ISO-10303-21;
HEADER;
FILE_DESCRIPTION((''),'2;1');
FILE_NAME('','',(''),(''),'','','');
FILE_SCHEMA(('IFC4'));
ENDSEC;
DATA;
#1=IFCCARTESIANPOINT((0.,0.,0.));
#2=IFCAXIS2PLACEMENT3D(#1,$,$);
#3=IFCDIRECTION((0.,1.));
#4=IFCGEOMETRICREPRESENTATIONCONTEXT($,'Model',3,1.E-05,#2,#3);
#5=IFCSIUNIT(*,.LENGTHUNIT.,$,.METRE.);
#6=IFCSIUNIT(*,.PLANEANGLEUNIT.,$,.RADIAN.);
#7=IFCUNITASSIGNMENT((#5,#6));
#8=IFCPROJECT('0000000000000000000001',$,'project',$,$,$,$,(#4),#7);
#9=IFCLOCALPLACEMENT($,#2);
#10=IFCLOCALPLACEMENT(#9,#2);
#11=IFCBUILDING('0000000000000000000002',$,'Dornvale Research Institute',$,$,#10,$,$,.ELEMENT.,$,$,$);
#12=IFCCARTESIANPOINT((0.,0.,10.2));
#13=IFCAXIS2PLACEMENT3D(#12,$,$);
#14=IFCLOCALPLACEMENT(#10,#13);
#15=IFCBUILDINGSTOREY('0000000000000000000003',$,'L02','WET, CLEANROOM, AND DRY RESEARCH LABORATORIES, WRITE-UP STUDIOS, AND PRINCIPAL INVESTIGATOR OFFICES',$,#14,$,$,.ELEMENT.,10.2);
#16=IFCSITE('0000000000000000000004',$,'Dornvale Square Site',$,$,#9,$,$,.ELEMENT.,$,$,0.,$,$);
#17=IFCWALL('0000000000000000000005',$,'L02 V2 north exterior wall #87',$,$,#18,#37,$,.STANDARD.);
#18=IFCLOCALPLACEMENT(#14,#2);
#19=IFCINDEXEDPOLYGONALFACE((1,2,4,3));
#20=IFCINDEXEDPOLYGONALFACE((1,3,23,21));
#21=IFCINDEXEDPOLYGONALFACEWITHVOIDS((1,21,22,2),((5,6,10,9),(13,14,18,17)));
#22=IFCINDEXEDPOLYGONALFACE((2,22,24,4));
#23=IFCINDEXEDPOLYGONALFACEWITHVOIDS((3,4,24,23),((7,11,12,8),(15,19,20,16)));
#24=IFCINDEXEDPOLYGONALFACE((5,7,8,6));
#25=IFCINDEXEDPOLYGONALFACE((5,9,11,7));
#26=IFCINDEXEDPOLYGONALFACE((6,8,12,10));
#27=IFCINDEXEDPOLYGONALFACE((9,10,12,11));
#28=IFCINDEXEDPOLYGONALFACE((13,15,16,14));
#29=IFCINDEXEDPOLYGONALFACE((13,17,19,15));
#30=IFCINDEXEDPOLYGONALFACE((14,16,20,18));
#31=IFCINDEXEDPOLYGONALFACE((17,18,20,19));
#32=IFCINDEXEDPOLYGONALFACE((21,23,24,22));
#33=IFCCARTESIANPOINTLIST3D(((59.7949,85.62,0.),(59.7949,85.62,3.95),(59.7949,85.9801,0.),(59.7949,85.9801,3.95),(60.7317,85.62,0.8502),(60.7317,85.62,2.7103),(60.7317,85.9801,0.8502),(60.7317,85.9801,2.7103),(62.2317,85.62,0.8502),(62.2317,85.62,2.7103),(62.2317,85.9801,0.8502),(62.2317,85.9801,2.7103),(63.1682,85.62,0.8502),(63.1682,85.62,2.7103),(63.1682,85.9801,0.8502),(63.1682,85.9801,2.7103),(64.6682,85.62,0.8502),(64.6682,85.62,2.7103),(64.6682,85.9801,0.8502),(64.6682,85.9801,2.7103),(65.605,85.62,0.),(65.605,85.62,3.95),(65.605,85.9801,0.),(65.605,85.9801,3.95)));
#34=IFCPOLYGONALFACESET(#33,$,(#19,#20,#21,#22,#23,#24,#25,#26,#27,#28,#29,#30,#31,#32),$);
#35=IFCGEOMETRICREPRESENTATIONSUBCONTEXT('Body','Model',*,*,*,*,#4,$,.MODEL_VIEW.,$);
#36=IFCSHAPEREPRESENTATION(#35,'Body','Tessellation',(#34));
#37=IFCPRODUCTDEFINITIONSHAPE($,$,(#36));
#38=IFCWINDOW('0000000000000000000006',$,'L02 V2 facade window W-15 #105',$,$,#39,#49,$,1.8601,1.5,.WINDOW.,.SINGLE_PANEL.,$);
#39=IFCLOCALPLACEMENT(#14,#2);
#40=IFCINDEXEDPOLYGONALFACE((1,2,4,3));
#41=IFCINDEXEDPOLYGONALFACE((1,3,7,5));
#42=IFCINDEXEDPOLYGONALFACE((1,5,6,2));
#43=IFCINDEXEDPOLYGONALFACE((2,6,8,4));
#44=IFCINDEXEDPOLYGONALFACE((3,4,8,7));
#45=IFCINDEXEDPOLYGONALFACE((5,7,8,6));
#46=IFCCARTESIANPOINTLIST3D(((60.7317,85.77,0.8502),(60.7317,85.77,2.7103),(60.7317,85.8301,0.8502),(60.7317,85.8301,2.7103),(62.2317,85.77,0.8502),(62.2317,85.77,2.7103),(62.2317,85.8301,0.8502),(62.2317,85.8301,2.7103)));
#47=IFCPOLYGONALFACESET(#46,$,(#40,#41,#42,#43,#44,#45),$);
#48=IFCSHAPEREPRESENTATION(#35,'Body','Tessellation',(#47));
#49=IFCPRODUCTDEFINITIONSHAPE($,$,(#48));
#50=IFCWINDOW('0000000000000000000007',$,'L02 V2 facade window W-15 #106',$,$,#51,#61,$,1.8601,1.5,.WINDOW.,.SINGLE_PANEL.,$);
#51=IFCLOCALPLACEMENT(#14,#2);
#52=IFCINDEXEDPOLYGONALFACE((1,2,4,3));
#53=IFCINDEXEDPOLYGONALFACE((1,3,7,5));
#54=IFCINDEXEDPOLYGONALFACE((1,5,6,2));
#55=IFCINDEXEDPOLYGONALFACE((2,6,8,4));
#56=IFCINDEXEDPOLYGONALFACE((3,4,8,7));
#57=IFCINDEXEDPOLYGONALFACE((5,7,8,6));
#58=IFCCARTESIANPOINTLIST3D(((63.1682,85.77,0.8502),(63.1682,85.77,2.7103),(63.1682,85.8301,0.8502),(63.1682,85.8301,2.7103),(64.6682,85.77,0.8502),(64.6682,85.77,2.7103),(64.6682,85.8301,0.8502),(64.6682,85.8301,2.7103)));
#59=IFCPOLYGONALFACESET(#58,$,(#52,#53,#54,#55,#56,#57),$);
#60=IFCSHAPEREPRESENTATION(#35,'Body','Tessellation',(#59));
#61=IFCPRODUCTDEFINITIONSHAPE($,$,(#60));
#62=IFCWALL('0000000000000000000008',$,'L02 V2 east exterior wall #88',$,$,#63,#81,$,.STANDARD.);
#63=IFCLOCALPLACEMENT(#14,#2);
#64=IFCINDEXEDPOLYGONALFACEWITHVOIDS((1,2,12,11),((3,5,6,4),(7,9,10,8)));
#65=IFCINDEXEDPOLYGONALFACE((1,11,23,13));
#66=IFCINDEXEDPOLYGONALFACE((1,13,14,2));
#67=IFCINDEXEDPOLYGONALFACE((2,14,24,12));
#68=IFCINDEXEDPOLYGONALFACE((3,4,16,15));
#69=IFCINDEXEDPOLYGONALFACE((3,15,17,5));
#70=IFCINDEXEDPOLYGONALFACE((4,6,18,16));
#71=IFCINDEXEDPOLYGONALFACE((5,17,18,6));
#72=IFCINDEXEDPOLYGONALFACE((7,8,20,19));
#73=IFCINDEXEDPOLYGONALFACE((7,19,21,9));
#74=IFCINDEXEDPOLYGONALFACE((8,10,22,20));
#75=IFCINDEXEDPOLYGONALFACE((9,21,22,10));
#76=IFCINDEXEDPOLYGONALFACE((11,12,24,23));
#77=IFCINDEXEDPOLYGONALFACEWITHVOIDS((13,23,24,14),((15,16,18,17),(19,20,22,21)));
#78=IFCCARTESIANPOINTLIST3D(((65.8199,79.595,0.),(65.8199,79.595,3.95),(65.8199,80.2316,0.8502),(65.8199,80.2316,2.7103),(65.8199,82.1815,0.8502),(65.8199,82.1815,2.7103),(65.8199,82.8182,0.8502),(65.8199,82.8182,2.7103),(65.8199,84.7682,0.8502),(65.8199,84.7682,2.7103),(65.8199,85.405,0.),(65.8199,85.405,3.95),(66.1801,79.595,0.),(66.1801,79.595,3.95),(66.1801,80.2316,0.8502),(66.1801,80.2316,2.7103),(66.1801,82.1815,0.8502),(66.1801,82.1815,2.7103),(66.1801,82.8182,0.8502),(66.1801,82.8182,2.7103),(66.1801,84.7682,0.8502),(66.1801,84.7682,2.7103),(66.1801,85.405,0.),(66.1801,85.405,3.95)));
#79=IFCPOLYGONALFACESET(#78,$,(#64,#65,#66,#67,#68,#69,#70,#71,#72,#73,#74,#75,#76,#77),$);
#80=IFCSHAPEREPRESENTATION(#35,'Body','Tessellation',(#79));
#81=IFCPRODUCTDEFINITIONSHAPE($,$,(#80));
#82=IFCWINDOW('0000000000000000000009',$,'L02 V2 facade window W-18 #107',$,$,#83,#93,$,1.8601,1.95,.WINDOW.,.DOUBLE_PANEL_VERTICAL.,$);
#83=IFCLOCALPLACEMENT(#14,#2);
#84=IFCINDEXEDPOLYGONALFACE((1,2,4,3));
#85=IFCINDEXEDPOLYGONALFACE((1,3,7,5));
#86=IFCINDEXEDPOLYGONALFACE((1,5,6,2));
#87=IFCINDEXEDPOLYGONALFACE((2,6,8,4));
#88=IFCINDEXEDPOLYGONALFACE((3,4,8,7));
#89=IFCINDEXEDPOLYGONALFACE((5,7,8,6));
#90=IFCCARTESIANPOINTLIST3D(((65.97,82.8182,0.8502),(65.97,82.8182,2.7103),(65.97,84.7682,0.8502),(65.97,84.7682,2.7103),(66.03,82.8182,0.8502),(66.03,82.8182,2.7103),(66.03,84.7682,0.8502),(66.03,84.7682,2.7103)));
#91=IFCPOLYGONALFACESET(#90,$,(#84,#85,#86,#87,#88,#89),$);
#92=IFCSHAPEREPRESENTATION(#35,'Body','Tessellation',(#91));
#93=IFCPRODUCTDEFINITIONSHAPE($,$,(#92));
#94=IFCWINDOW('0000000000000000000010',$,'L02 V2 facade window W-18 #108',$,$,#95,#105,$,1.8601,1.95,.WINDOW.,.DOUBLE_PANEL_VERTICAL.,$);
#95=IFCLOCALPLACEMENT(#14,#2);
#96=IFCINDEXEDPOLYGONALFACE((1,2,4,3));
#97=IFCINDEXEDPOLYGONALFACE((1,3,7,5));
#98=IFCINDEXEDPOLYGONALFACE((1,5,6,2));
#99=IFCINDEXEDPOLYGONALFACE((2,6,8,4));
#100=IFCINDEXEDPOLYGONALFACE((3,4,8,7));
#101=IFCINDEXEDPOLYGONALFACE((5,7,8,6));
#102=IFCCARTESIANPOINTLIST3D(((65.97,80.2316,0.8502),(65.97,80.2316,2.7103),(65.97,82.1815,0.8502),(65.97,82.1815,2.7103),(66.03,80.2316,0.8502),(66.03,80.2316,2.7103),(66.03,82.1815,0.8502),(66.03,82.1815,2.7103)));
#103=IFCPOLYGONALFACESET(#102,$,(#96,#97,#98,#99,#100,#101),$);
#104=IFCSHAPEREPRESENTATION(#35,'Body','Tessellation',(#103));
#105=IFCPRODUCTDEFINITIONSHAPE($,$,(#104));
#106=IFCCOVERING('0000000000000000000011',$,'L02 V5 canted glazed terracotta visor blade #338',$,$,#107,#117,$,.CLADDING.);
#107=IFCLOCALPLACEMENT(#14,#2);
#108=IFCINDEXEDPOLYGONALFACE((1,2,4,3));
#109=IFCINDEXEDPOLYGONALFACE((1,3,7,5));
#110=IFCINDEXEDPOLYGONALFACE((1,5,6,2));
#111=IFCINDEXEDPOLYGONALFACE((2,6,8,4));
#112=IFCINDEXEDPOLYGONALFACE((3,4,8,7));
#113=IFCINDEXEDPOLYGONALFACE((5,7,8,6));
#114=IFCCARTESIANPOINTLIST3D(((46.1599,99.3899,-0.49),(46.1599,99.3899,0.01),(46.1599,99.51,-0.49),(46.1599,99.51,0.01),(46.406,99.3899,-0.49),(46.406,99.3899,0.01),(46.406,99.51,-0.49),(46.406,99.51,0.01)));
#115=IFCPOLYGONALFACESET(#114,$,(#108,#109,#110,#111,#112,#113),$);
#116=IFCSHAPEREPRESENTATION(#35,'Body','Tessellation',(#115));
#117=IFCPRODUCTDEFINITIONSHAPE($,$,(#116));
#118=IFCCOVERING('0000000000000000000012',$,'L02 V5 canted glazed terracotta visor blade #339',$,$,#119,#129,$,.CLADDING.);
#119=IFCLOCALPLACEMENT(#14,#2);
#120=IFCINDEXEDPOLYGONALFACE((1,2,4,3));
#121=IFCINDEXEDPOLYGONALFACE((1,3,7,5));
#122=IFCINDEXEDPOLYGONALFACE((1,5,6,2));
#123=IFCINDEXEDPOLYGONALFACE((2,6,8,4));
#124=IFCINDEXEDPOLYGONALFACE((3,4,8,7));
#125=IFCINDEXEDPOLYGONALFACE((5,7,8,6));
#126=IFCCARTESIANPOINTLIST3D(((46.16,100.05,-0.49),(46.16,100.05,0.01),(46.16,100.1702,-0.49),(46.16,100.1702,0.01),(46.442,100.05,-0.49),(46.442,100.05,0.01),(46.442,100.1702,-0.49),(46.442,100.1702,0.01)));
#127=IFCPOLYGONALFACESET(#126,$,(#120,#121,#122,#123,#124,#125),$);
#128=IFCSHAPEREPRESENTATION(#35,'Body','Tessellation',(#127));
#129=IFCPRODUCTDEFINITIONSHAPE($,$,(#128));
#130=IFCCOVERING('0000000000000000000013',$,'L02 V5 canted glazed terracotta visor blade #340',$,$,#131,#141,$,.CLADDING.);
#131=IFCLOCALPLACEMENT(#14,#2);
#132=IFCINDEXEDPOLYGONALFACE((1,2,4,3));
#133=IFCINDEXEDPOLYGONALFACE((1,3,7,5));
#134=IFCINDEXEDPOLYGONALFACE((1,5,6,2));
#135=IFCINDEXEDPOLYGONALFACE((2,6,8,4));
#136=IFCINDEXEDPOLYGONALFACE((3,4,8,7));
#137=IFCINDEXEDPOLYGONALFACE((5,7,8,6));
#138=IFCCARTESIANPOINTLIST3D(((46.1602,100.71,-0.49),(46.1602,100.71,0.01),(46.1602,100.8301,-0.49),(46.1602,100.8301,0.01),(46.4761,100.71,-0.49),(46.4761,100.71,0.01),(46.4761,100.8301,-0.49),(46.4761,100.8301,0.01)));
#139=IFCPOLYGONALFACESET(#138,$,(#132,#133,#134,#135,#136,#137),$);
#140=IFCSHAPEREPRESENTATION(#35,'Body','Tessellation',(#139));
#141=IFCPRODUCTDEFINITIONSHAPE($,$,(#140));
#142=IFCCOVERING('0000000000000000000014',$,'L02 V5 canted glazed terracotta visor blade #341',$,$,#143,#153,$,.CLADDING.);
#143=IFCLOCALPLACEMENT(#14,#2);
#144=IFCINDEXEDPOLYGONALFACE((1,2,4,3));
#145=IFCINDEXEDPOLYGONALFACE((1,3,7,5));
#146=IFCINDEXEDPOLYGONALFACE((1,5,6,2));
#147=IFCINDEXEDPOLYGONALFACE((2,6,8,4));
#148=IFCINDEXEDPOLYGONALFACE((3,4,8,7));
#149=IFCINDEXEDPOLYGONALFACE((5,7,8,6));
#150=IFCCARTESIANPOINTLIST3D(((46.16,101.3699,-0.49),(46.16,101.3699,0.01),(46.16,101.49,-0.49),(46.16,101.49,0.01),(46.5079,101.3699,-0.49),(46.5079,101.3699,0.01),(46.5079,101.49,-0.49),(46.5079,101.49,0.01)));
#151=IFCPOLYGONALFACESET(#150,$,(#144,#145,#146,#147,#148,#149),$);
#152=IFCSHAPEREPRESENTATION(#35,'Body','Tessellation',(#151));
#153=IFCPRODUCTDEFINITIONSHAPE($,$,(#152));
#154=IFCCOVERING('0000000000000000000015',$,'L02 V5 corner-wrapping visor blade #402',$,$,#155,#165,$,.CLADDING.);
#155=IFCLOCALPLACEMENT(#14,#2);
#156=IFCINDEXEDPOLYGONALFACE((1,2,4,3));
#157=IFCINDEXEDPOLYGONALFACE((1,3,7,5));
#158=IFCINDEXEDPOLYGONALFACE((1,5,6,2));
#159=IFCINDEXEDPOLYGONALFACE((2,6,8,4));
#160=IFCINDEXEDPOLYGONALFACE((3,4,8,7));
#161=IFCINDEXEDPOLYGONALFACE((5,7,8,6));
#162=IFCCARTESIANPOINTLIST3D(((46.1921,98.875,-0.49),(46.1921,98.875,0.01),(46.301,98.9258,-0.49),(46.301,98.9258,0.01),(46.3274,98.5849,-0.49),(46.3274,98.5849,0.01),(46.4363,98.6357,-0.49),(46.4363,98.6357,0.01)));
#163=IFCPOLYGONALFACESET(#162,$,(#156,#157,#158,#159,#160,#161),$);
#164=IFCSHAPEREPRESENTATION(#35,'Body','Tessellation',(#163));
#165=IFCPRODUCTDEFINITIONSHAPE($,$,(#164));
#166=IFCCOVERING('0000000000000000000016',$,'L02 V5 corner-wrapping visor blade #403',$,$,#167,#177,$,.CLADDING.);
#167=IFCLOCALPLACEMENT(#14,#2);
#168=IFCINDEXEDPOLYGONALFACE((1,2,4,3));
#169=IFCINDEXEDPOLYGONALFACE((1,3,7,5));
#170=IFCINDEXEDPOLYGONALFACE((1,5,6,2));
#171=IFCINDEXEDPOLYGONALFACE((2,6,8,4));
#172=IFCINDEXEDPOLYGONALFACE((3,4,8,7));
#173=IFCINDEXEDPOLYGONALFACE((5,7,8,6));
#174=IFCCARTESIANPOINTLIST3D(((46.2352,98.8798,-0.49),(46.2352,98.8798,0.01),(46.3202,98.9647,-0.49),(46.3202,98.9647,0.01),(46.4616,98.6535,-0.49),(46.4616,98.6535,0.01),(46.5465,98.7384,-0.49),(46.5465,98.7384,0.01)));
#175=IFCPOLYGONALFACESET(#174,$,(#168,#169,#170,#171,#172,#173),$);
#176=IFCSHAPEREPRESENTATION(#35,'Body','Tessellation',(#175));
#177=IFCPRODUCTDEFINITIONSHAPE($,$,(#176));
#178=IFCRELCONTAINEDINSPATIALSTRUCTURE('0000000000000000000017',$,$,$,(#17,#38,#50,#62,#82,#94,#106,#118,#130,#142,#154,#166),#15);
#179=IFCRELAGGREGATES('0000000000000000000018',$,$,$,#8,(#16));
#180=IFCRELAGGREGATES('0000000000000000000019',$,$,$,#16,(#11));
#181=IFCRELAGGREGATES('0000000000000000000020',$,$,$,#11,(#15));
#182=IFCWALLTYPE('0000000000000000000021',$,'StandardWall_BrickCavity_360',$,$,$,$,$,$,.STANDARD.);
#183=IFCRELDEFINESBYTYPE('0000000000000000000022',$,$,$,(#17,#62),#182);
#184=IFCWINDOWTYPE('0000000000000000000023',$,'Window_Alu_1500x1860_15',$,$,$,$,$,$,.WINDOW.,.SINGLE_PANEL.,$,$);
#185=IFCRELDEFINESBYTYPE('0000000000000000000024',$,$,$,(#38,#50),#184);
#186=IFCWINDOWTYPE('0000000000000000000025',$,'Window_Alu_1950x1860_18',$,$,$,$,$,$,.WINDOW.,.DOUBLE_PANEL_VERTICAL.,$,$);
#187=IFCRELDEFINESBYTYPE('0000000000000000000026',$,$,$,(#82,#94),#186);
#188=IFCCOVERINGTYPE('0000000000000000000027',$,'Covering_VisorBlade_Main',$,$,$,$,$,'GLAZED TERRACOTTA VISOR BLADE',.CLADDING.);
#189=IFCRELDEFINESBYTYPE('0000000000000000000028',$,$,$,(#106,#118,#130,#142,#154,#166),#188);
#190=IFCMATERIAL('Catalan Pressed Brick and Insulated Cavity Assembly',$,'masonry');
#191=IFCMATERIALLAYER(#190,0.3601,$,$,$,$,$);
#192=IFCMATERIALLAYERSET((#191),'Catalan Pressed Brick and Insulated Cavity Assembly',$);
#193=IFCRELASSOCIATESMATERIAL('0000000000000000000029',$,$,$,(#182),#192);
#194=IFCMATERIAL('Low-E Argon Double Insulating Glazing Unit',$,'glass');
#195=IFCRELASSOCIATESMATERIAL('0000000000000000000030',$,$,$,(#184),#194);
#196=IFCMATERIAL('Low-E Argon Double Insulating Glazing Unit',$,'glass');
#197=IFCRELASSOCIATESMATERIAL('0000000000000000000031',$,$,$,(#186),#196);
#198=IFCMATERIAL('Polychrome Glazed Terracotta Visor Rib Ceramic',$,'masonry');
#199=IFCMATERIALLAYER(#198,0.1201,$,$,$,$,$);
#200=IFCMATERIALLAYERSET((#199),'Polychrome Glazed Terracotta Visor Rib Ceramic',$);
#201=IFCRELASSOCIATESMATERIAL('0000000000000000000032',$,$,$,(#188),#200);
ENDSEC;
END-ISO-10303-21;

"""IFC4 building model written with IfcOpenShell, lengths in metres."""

from ifc_helpers import new_model, si_unit, direction, frame, frame_2d, origin, origin_2d, place, context, subcontext, project, spatial, rectangle, extrude, material, layer, layer_set, type_object, element, fill, save


model = new_model("IFC4")

# Units and contexts
model_context = context("Model", 3, precision=1e-05, world=origin(), true_north=direction((0.0, 1.0)))
body_context = subcontext(model_context, "Body", "Model", "MODEL_VIEW")
ifc_project = project(units=[si_unit("LENGTHUNIT", "METRE"), si_unit("PLANEANGLEUNIT", "RADIAN")], contexts=[model_context])

# Site, building, storey
site_placement = place(None, origin())
site = spatial("IfcSite", under=ifc_project, at=site_placement, Name="Dornvale Square Site", CompositionType="ELEMENT", RefElevation=0.0)
building_placement = place(site_placement, origin())
building = spatial("IfcBuilding", under=site, at=building_placement, Name="Dornvale Research Institute", CompositionType="ELEMENT")
storey_placement = place(building_placement, frame((0.0, 0.0, 10.2)))
storey = spatial("IfcBuildingStorey", under=building, at=storey_placement, Name="L02", Description="WET, CLEANROOM, AND DRY RESEARCH LABORATORIES, WRITE-UP STUDIOS, AND PRINCIPAL INVESTIGATOR OFFICES", CompositionType="ELEMENT", Elevation=10.2)

# Walls, openings, windows
ifc_material_1 = material(Name="Catalan Pressed Brick and Insulated Cavity Assembly", Category="masonry")
ifc_layer_1 = layer(ifc_material_1, 0.3601)
ifc_layer_set_1 = layer_set([ifc_layer_1], Name="Catalan Pressed Brick and Insulated Cavity Assembly")
wall_type_1 = type_object("IfcWallType", Name="StandardWall_BrickCavity_360", PredefinedType="STANDARD", material=ifc_layer_set_1)
ifc_material_2 = material(Name="Low-E Argon Double Insulating Glazing Unit", Category="glass")
window_type_1 = type_object("IfcWindowType", Name="Window_Alu_1500x1860_15", PartitioningType="SINGLE_PANEL", PredefinedType="WINDOW", material=ifc_material_2)
wall_1_placement = place(storey_placement, frame((59.7949, 85.8, 0.0), z_axis=(0.0, 0.0, 1.0), x_axis=(1.0, 0.0, 0.0)))
wall_1 = element("IfcWall", 1, at=wall_1_placement, inside=storey, type_object=wall_type_1, Name="L02 V2 north exterior wall #87", PredefinedType="STANDARD", context=body_context, shape_type="SweptSolid", body=[
    extrude(rectangle(XDim=5.8101, YDim=0.3601, at=frame_2d((2.905, 0.0))), origin(), (0.0, 0.0, 1.0), 3.95),
])
opening_1_placement = place(wall_1_placement, frame((0.9368, 0.0, 0.8501)))
opening_1 = element("IfcOpeningElement", 2, at=opening_1_placement, cuts=wall_1, PredefinedType="OPENING", context=body_context, shape_type="SweptSolid", body=[
    extrude(rectangle(XDim=1.5, YDim=1.8601, at=frame_2d((0.75, 0.9302))), frame((0.0, 0.1951, 0.0), z_axis=(0.0, -1.0, 0.0), x_axis=(1.0, 0.0, 0.0)), (0.0, 0.0, 1.0), 0.3901),
])
opening_2_placement = place(wall_1_placement, frame((3.3733, 0.0, 0.8501)))
opening_2 = element("IfcOpeningElement", 3, at=opening_2_placement, cuts=wall_1, PredefinedType="OPENING", context=body_context, shape_type="SweptSolid", body=[
    extrude(rectangle(XDim=1.5, YDim=1.8601, at=frame_2d((0.75, 0.9302))), frame((0.0, 0.1951, 0.0), z_axis=(0.0, -1.0, 0.0), x_axis=(1.0, 0.0, 0.0)), (0.0, 0.0, 1.0), 0.3901),
])
window_1_placement = place(opening_1_placement, origin())
window_1 = element("IfcWindow", 4, at=window_1_placement, inside=storey, type_object=window_type_1, Name="L02 V2 facade window W-15 #105", OverallHeight=1.8601, OverallWidth=1.5, PartitioningType="SINGLE_PANEL", PredefinedType="WINDOW", context=body_context, shape_type="SweptSolid", body=[
    extrude(rectangle(XDim=1.5, YDim=1.8601, at=frame_2d((0.75, 0.9302))), frame((0.0, 0.03, 0.0), z_axis=(0.0, -1.0, 0.0), x_axis=(1.0, 0.0, 0.0)), (0.0, 0.0, 1.0), 0.0601),
])
fill(opening_1, window_1)
window_2_placement = place(opening_2_placement, origin())
window_2 = element("IfcWindow", 5, at=window_2_placement, inside=storey, type_object=window_type_1, Name="L02 V2 facade window W-15 #106", OverallHeight=1.8601, OverallWidth=1.5, PartitioningType="SINGLE_PANEL", PredefinedType="WINDOW", context=body_context, shape_type="SweptSolid", body=[
    extrude(rectangle(XDim=1.5, YDim=1.8601, at=frame_2d((0.75, 0.9302))), frame((0.0, 0.03, 0.0), z_axis=(0.0, -1.0, 0.0), x_axis=(1.0, 0.0, 0.0)), (0.0, 0.0, 1.0), 0.0601),
])
fill(opening_2, window_2)
wall_2_placement = place(storey_placement, frame((66.0, 85.405, 0.0), z_axis=(0.0, 0.0, 1.0), x_axis=(0.0, -1.0, 0.0)))
wall_2 = element("IfcWall", 6, at=wall_2_placement, inside=storey, type_object=wall_type_1, Name="L02 V2 east exterior wall #88", PredefinedType="STANDARD", context=body_context, shape_type="SweptSolid", body=[
    extrude(rectangle(XDim=5.8101, YDim=0.3601, at=frame_2d((2.905, 0.0))), origin(), (0.0, 0.0, 1.0), 3.95),
])
opening_3_placement = place(wall_2_placement, frame((0.6367, 0.0, 0.8501)))
opening_3 = element("IfcOpeningElement", 7, at=opening_3_placement, cuts=wall_2, PredefinedType="OPENING", context=body_context, shape_type="SweptSolid", body=[
    extrude(rectangle(XDim=1.95, YDim=1.8601, at=frame_2d((0.9751, 0.9302))), frame((0.0, 0.1951, 0.0), z_axis=(0.0, -1.0, 0.0), x_axis=(1.0, 0.0, 0.0)), (0.0, 0.0, 1.0), 0.3901),
])
opening_4_placement = place(wall_2_placement, frame((3.2234, 0.0, 0.8501)))
opening_4 = element("IfcOpeningElement", 8, at=opening_4_placement, cuts=wall_2, PredefinedType="OPENING", context=body_context, shape_type="SweptSolid", body=[
    extrude(rectangle(XDim=1.95, YDim=1.8601, at=frame_2d((0.9751, 0.9302))), frame((0.0, 0.1951, 0.0), z_axis=(0.0, -1.0, 0.0), x_axis=(1.0, 0.0, 0.0)), (0.0, 0.0, 1.0), 0.3901),
])
ifc_material_3 = material(Name="Low-E Argon Double Insulating Glazing Unit", Category="glass")
window_type_2 = type_object("IfcWindowType", Name="Window_Alu_1950x1860_18", PartitioningType="DOUBLE_PANEL_VERTICAL", PredefinedType="WINDOW", material=ifc_material_3)
window_3_placement = place(opening_3_placement, origin())
window_3 = element("IfcWindow", 9, at=window_3_placement, inside=storey, type_object=window_type_2, Name="L02 V2 facade window W-18 #107", OverallHeight=1.8601, OverallWidth=1.95, PartitioningType="DOUBLE_PANEL_VERTICAL", PredefinedType="WINDOW", context=body_context, shape_type="SweptSolid", body=[
    extrude(rectangle(XDim=1.95, YDim=1.8601, at=frame_2d((0.9751, 0.9302))), frame((0.0, 0.03, 0.0), z_axis=(0.0, -1.0, 0.0), x_axis=(1.0, 0.0, 0.0)), (0.0, 0.0, 1.0), 0.0601),
])
fill(opening_3, window_3)
window_4_placement = place(opening_4_placement, origin())
window_4 = element("IfcWindow", 10, at=window_4_placement, inside=storey, type_object=window_type_2, Name="L02 V2 facade window W-18 #108", OverallHeight=1.8601, OverallWidth=1.95, PartitioningType="DOUBLE_PANEL_VERTICAL", PredefinedType="WINDOW", context=body_context, shape_type="SweptSolid", body=[
    extrude(rectangle(XDim=1.95, YDim=1.8601, at=frame_2d((0.9751, 0.9302))), frame((0.0, 0.03, 0.0), z_axis=(0.0, -1.0, 0.0), x_axis=(1.0, 0.0, 0.0)), (0.0, 0.0, 1.0), 0.0601),
])
fill(opening_4, window_4)

# Coverings
ifc_material_4 = material(Name="Polychrome Glazed Terracotta Visor Rib Ceramic", Category="masonry")
ifc_layer_2 = layer(ifc_material_4, 0.1201)
ifc_layer_set_2 = layer_set([ifc_layer_2], Name="Polychrome Glazed Terracotta Visor Rib Ceramic")
covering_type = type_object("IfcCoveringType", Name="Covering_VisorBlade_Main", ElementType="GLAZED TERRACOTTA VISOR BLADE", PredefinedType="CLADDING", material=ifc_layer_set_2)
covering_1_placement = place(storey_placement, frame((46.283, 99.45, -0.49), z_axis=(0.0, 0.0, 1.0), x_axis=(1.0, 0.0, 0.0)))
element("IfcCovering", 11, at=covering_1_placement, inside=storey, type_object=covering_type, Name="L02 V5 canted glazed terracotta visor blade #338", PredefinedType="CLADDING", context=body_context, shape_type="SweptSolid", body=[
    extrude(rectangle(XDim=0.2461, YDim=0.1201, at=origin_2d()), origin(), (0.0, 0.0, 1.0), 0.5),
])
covering_2_placement = place(storey_placement, frame((46.301, 100.1101, -0.49), z_axis=(0.0, 0.0, 1.0), x_axis=(1.0, 0.0, 0.0)))
element("IfcCovering", 12, at=covering_2_placement, inside=storey, type_object=covering_type, Name="L02 V5 canted glazed terracotta visor blade #339", PredefinedType="CLADDING", context=body_context, shape_type="SweptSolid", body=[
    extrude(rectangle(XDim=0.282, YDim=0.1201, at=origin_2d()), origin(), (0.0, 0.0, 1.0), 0.5),
])
covering_3_placement = place(storey_placement, frame((46.3181, 100.77, -0.49), z_axis=(0.0, 0.0, 1.0), x_axis=(1.0, 0.0, 0.0)))
element("IfcCovering", 13, at=covering_3_placement, inside=storey, type_object=covering_type, Name="L02 V5 canted glazed terracotta visor blade #340", PredefinedType="CLADDING", context=body_context, shape_type="SweptSolid", body=[
    extrude(rectangle(XDim=0.3159, YDim=0.1201, at=origin_2d()), origin(), (0.0, 0.0, 1.0), 0.5),
])
covering_4_placement = place(storey_placement, frame((46.334, 101.4299, -0.49), z_axis=(0.0, 0.0, 1.0), x_axis=(1.0, 0.0, 0.0)))
element("IfcCovering", 14, at=covering_4_placement, inside=storey, type_object=covering_type, Name="L02 V5 canted glazed terracotta visor blade #341", PredefinedType="CLADDING", context=body_context, shape_type="SweptSolid", body=[
    extrude(rectangle(XDim=0.3479, YDim=0.1201, at=origin_2d()), origin(), (0.0, 0.0, 1.0), 0.5),
])
for number, where, z_axis, x_axis, name in (
    (15, (46.3142, 98.7554, -0.49), (0.0, 0.0, 1.0), (0.422618, -0.906308, 0.0), "L02 V5 corner-wrapping visor blade #402"),
    (16, (46.3909, 98.8091, -0.49), (0.0, 0.0, 1.0), (0.707107, -0.707107, 0.0), "L02 V5 corner-wrapping visor blade #403"),
):
    element("IfcCovering", number, at=place(storey_placement, frame(where, z_axis=z_axis, x_axis=x_axis)), inside=storey, type_object=covering_type, Name=name, PredefinedType="CLADDING", context=body_context, shape_type="SweptSolid", body=[
        extrude(rectangle(XDim=0.3201, YDim=0.1201, at=origin_2d()), origin(), (0.0, 0.0, 1.0), 0.5),
    ])

save(model, "model.ifc")
